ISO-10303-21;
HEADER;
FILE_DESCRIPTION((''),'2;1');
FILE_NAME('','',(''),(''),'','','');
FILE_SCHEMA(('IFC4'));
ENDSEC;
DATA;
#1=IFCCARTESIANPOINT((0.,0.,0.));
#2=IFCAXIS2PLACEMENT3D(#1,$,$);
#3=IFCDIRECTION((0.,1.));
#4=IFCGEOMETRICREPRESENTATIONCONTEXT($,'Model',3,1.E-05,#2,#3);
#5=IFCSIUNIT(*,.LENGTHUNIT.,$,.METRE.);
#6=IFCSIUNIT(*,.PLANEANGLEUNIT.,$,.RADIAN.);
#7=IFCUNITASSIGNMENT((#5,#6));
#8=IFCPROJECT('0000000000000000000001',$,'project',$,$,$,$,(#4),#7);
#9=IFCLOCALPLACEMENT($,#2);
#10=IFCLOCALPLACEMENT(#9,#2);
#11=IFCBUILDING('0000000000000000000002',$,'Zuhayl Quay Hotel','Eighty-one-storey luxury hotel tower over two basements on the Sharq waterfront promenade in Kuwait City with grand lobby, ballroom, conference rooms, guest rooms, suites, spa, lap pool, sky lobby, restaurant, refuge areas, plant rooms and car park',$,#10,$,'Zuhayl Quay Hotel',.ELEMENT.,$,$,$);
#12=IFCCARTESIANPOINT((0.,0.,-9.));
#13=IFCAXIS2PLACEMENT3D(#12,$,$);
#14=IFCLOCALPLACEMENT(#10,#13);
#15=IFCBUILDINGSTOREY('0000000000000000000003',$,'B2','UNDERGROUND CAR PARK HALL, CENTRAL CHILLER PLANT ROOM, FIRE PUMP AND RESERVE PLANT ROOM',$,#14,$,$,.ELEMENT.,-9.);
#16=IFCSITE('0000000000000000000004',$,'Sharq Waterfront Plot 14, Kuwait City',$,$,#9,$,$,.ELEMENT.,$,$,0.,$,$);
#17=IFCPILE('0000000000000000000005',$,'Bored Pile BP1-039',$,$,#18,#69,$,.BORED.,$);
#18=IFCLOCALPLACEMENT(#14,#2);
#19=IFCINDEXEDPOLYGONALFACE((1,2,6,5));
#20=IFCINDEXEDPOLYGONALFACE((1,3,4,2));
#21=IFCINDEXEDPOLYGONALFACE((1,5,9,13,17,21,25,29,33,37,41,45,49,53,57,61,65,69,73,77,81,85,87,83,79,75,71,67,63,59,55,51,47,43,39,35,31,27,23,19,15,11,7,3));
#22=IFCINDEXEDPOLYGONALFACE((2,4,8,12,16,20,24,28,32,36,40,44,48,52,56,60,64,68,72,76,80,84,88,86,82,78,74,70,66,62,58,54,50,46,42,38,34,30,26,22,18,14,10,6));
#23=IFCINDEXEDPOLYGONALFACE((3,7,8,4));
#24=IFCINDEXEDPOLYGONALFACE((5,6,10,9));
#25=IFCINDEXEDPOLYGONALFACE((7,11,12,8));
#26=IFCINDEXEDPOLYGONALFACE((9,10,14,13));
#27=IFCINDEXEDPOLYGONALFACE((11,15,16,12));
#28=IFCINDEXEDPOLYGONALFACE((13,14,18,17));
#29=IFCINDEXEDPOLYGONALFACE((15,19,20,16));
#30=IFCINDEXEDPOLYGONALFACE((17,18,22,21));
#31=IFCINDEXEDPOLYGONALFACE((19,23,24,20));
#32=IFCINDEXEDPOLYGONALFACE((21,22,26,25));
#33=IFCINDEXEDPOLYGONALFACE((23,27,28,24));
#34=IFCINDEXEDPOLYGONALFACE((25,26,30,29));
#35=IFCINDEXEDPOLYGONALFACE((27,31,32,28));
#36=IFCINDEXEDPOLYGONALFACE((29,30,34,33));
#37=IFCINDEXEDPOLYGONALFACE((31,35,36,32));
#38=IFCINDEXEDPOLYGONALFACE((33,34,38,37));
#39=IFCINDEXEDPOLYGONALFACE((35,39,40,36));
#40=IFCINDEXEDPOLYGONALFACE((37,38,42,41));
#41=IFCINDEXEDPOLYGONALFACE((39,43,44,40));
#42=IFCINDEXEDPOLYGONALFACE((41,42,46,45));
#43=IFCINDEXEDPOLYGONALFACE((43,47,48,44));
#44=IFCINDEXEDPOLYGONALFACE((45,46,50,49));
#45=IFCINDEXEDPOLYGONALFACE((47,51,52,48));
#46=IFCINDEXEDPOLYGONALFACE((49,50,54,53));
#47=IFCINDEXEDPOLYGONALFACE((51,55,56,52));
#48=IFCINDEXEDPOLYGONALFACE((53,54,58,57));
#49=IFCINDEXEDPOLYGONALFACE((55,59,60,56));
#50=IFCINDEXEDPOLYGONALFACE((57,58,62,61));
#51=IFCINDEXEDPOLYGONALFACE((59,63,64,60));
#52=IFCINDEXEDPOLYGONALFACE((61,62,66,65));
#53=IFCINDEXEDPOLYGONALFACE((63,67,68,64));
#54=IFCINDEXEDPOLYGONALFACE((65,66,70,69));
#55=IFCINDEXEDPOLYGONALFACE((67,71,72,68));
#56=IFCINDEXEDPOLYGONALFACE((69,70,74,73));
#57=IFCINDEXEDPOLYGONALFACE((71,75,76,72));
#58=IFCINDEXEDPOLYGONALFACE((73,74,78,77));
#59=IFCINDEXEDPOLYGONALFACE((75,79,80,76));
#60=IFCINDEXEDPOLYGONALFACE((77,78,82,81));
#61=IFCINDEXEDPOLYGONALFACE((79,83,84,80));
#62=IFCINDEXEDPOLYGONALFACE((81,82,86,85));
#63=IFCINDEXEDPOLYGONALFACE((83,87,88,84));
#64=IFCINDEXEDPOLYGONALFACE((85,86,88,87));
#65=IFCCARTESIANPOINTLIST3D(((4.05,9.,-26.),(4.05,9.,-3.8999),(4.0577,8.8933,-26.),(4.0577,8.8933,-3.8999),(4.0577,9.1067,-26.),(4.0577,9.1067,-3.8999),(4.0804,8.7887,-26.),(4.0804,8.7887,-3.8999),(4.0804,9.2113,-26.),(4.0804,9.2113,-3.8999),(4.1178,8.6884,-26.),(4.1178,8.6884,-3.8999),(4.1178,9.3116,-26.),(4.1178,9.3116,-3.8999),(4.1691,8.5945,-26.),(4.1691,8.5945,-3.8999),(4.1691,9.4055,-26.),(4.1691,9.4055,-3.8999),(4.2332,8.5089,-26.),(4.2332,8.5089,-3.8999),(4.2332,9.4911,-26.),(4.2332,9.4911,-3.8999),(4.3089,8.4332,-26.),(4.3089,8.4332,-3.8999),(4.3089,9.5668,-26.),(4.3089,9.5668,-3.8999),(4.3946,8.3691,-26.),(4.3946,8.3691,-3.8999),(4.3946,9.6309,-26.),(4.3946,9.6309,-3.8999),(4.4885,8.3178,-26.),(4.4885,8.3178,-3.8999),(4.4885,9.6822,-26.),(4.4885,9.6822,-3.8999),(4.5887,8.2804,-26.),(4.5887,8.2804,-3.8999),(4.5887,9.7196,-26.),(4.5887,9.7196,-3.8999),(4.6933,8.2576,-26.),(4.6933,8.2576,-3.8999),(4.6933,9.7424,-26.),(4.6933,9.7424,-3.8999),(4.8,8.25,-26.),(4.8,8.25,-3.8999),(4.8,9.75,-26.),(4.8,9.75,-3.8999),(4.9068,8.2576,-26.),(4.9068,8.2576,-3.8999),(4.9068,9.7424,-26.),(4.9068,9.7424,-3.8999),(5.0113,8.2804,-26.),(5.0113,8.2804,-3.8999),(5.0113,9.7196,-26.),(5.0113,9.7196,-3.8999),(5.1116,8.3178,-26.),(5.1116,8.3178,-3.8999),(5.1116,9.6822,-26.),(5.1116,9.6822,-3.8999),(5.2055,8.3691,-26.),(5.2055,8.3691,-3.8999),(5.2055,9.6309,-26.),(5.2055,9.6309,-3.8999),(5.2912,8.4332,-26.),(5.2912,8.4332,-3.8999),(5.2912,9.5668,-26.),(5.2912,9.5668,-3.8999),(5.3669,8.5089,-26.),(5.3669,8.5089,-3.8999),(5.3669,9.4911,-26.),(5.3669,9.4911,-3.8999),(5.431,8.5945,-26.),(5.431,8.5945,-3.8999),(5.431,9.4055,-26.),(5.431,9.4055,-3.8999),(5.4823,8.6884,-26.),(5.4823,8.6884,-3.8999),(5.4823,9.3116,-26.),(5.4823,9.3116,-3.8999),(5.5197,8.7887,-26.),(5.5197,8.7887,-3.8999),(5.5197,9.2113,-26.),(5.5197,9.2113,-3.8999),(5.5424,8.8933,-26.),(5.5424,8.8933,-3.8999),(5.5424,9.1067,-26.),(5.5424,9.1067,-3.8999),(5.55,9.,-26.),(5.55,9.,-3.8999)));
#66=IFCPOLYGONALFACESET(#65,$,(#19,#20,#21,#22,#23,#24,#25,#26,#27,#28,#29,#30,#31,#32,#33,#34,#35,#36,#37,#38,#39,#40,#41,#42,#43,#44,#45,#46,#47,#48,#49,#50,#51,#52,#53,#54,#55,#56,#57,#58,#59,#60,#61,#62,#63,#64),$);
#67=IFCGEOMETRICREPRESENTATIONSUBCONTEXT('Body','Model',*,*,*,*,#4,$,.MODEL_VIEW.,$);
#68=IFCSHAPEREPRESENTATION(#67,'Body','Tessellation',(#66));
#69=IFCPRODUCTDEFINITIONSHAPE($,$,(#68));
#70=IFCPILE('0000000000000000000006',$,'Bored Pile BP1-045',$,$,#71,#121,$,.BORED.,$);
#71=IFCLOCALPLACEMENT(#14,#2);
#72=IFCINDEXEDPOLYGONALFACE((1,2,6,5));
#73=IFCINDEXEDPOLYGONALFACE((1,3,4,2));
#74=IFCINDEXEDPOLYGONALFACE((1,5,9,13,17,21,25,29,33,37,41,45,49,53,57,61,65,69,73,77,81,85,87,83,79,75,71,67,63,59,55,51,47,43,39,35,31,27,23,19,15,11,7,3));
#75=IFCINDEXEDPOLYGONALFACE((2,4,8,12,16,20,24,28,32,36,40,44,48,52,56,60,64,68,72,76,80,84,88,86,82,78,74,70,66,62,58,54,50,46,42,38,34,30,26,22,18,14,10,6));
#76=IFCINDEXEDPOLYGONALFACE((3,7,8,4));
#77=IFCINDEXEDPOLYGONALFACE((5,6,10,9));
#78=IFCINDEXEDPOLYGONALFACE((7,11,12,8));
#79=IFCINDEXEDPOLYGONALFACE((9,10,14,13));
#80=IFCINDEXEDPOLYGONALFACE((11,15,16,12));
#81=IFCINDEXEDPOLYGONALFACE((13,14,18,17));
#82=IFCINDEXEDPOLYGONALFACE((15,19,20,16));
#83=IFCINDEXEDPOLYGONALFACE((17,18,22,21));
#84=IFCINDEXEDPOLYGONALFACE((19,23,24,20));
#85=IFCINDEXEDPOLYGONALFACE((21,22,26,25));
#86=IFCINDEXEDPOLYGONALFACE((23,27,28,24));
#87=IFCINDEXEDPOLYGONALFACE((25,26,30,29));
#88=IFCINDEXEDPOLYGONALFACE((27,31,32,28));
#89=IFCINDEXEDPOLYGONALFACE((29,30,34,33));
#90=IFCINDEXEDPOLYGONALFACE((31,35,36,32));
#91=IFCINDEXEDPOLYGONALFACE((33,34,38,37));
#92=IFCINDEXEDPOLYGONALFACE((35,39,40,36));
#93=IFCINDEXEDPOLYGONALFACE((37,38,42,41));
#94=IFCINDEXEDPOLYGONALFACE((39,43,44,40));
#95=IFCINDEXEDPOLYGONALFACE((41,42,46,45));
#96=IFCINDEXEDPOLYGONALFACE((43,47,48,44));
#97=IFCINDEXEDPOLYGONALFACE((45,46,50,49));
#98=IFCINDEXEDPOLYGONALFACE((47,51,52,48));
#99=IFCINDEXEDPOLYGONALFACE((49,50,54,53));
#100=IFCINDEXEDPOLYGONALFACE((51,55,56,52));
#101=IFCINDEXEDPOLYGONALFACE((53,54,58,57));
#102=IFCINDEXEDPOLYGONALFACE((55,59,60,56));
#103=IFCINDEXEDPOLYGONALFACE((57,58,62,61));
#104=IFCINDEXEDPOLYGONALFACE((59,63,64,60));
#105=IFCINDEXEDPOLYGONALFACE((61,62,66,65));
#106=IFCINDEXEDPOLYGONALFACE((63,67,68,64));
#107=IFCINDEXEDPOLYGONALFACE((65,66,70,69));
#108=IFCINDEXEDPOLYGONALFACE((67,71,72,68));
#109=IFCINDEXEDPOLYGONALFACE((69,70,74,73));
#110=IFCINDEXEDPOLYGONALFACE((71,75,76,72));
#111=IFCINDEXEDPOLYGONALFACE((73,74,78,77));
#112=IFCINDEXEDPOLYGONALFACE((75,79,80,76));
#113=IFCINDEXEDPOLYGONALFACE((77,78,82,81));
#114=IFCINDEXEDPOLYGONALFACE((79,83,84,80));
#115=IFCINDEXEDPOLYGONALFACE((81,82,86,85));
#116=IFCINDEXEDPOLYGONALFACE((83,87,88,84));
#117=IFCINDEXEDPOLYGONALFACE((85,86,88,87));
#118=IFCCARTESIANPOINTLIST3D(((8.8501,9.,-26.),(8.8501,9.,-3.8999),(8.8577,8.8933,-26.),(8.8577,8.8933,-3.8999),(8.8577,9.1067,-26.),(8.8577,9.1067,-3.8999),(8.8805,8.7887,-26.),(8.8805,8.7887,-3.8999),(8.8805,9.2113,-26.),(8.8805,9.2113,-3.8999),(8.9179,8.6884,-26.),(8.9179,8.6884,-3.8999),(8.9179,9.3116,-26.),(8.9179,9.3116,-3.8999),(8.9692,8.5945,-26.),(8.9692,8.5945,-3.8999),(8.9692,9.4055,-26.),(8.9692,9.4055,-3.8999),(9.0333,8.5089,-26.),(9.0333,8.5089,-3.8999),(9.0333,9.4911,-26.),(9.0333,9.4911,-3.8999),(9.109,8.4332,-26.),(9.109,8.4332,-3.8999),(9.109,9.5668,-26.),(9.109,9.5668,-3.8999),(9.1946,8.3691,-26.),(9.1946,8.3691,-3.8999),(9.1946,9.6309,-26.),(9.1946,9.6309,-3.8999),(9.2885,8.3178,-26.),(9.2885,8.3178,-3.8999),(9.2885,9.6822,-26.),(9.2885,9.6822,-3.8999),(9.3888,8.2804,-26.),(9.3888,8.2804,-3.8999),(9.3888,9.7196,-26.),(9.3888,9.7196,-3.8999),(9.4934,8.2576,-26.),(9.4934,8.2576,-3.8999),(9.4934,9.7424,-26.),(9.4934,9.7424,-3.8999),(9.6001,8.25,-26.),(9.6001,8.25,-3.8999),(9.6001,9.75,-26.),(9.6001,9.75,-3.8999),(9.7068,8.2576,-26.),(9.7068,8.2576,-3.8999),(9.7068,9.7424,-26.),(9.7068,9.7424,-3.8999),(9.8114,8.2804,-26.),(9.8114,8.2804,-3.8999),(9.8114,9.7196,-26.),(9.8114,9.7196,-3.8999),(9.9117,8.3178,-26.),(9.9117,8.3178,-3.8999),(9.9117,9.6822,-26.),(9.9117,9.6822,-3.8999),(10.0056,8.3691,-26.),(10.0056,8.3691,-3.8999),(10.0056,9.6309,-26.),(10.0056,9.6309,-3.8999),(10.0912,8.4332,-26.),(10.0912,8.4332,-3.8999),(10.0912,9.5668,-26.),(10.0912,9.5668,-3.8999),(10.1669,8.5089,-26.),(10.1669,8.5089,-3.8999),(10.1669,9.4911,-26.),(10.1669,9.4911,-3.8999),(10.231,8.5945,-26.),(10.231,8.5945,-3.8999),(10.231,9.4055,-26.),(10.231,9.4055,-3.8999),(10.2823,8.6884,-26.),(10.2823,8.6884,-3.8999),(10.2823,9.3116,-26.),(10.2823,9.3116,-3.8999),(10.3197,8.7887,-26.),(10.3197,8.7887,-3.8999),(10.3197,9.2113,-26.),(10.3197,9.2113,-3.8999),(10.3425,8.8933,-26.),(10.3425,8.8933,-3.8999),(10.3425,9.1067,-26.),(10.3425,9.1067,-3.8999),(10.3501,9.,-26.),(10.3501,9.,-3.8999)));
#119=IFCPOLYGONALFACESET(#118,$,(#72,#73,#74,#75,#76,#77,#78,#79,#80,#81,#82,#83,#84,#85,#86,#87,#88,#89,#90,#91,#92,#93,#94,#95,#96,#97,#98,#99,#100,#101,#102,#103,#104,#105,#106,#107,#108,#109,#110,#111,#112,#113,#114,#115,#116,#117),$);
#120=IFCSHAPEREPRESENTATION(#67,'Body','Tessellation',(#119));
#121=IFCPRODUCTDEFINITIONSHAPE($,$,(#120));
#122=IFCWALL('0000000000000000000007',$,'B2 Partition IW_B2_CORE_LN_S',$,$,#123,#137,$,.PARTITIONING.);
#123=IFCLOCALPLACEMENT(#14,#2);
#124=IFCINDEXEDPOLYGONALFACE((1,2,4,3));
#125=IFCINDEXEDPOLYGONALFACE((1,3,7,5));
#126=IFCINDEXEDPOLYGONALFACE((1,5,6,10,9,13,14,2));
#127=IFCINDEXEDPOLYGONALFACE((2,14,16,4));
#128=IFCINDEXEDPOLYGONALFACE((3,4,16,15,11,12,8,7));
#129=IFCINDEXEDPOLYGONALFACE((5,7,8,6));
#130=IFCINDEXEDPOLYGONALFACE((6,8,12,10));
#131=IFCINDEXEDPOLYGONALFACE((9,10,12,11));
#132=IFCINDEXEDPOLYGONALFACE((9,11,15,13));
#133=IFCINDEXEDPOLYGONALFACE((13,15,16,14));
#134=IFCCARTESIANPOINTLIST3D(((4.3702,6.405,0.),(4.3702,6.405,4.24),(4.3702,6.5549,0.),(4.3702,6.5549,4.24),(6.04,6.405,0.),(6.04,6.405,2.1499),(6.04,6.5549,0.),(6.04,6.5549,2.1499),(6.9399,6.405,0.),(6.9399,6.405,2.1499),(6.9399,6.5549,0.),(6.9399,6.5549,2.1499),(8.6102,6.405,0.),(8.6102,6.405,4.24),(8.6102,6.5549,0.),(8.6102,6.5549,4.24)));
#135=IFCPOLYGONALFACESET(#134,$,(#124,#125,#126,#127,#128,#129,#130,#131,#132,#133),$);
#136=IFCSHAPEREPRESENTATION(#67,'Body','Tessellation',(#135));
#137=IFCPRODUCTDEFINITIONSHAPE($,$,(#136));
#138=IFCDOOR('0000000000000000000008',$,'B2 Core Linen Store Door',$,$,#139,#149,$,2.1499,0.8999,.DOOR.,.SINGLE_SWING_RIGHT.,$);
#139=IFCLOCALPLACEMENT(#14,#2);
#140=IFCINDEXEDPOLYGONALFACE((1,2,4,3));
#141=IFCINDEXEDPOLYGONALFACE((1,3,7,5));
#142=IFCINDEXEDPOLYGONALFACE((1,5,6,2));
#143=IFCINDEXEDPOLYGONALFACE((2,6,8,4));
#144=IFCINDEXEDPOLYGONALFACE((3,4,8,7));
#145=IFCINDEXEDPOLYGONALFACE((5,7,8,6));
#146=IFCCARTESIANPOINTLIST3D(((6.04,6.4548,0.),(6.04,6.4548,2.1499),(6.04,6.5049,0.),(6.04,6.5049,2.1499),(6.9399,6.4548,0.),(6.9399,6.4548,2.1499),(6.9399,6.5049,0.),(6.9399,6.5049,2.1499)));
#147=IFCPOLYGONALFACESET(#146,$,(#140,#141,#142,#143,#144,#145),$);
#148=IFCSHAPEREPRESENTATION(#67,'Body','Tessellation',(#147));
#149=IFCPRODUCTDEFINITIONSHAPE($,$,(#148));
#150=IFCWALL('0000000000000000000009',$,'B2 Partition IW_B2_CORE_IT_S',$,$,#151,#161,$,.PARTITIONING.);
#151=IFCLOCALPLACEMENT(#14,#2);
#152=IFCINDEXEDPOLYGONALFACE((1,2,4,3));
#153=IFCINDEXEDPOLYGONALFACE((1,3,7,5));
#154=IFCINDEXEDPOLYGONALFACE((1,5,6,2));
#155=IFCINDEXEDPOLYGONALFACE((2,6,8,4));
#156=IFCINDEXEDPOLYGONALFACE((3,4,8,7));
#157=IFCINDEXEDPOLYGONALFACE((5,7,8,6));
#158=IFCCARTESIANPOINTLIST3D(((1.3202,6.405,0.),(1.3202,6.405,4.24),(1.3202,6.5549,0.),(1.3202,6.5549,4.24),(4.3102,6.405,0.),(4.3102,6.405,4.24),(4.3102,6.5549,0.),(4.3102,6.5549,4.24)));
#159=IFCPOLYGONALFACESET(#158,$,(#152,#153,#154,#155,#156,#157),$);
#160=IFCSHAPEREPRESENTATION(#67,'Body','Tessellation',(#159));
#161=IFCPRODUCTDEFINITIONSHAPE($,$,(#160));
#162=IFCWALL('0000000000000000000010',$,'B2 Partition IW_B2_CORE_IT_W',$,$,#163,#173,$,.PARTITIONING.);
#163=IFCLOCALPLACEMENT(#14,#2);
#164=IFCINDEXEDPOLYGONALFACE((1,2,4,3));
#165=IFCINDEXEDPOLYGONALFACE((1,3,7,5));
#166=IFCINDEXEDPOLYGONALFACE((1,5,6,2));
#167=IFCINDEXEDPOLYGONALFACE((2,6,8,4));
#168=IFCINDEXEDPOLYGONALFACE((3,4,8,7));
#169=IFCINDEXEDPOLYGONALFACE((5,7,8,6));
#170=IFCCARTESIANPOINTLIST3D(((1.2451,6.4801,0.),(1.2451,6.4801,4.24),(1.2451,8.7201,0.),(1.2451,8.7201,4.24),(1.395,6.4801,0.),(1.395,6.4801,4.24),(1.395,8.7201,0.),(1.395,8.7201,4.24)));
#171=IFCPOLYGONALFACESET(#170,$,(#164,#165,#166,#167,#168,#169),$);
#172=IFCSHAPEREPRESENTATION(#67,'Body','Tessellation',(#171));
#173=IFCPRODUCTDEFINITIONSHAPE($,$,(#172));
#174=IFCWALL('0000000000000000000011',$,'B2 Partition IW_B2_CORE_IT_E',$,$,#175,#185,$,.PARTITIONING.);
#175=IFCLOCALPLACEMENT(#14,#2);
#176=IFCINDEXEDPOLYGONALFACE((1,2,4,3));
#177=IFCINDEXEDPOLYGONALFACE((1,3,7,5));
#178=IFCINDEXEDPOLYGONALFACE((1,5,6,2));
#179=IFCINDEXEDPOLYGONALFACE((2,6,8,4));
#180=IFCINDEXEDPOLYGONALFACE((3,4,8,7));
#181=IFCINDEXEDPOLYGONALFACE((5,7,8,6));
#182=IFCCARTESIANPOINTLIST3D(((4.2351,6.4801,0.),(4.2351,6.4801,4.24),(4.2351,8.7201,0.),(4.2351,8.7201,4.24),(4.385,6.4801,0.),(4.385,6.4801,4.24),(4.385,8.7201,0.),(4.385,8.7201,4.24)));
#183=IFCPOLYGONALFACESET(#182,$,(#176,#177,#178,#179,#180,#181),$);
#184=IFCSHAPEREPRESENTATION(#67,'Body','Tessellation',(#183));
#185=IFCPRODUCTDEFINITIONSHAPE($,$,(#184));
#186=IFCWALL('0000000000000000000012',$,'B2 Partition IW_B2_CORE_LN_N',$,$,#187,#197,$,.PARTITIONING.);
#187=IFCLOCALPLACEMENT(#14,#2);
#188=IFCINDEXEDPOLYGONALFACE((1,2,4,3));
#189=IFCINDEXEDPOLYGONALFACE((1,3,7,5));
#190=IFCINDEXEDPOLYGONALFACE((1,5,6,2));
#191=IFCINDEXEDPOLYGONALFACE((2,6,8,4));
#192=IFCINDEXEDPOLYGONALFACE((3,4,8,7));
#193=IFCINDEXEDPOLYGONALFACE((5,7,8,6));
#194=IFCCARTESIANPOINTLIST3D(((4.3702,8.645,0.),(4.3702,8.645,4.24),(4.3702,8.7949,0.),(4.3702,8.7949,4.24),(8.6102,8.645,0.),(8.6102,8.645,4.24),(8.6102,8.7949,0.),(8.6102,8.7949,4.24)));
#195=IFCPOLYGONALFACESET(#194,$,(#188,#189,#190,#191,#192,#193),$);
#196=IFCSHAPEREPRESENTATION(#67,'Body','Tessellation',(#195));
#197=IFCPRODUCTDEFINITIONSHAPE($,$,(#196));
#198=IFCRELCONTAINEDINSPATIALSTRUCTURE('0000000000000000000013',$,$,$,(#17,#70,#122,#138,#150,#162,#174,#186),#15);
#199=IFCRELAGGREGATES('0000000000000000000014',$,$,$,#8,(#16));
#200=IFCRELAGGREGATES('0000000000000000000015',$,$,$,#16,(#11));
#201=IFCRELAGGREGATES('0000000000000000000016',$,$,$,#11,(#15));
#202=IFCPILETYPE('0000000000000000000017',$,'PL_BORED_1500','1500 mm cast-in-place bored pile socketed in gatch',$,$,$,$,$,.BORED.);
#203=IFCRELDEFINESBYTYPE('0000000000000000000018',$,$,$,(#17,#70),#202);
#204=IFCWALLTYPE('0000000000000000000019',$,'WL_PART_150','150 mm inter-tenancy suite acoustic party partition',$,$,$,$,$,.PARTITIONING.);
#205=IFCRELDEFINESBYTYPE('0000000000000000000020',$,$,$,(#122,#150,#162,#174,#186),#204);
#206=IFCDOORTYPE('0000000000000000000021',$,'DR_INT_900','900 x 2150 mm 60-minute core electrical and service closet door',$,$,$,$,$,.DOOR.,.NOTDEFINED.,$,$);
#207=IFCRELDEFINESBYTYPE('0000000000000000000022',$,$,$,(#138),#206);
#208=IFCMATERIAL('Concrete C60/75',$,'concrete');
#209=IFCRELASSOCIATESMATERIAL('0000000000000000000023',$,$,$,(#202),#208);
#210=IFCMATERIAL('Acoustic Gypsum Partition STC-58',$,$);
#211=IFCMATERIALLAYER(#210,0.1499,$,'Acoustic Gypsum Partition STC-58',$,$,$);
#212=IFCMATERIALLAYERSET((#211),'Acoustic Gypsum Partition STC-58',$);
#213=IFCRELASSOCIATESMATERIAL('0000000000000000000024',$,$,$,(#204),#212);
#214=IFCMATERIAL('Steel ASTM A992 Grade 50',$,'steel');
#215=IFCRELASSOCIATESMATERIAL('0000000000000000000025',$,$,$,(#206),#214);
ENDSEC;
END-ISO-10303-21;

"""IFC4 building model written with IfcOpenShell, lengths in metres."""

from ifc_helpers import new_model, si_unit, direction, frame, frame_2d, origin, origin_2d, place, context, subcontext, project, spatial, rectangle, circle, extrude, material, layer, layer_set, material_profile, profile_set, type_object, element, fill, save


model = new_model("IFC4")

# Units and contexts
model_context = context("Model", 3, precision=1e-05, world=origin(), true_north=direction((0.0, 1.0)))
body_context = subcontext(model_context, "Body", "Model", "MODEL_VIEW")
ifc_project = project(units=[si_unit("LENGTHUNIT", "METRE"), si_unit("PLANEANGLEUNIT", "RADIAN")], contexts=[model_context])

# Site, building, storey
site_placement = place(None, origin())
site = spatial("IfcSite", under=ifc_project, at=site_placement, Name="Sharq Waterfront Plot 14, Kuwait City", CompositionType="ELEMENT", RefElevation=0.0)
building_placement = place(site_placement, origin())
building = spatial("IfcBuilding", under=site, at=building_placement, Name="Zuhayl Quay Hotel", Description="Eighty-one-storey luxury hotel tower over two basements on the Sharq waterfront promenade in Kuwait City with grand lobby, ballroom, conference rooms, guest rooms, suites, spa, lap pool, sky lobby, restaurant, refuge areas, plant rooms and car park", LongName="Zuhayl Quay Hotel", CompositionType="ELEMENT")
storey_placement = place(building_placement, frame((0.0, 0.0, -9.0)))
storey = spatial("IfcBuildingStorey", under=building, at=storey_placement, Name="B2", Description="UNDERGROUND CAR PARK HALL, CENTRAL CHILLER PLANT ROOM, FIRE PUMP AND RESERVE PLANT ROOM", CompositionType="ELEMENT", Elevation=-9.0)

# Piles
ifc_material_1 = material(Name="Concrete C60/75", Category="concrete")
ifc_material_profile = material_profile(ifc_material_1, circle(Radius=0.75, at=origin_2d()), Name="PILE1500")
ifc_profile_set = profile_set([ifc_material_profile], Name="Concrete C60/75")
pile_type = type_object("IfcPileType", Name="PL_BORED_1500", Description="1500 mm cast-in-place bored pile socketed in gatch", PredefinedType="BORED", material=ifc_profile_set)
for number, where, z_axis, x_axis, name in (
    (1, (4.8, 9.0, -3.8999), (0.0, 0.0, -1.0), (1.0, 0.0, 0.0), "Bored Pile BP1-039"),
    (2, (9.6001, 9.0, -3.8999), (0.0, 0.0, -1.0), (1.0, 0.0, 0.0), "Bored Pile BP1-045"),
):
    element("IfcPile", number, at=place(storey_placement, frame(where, z_axis=z_axis, x_axis=x_axis)), inside=storey, type_object=pile_type, Name=name, PredefinedType="BORED", context=body_context, shape_type="SweptSolid", body=[
        extrude(circle(Radius=0.75, at=origin_2d()), origin(), (0.0, 0.0, 1.0), 22.1001),
    ])

# Wall, opening, door
ifc_material_2 = material(Name="Acoustic Gypsum Partition STC-58")
ifc_layer_1 = layer(ifc_material_2, 0.1499, Name="Acoustic Gypsum Partition STC-58")
ifc_layer_set_1 = layer_set([ifc_layer_1], Name="Acoustic Gypsum Partition STC-58")
wall_type_1 = type_object("IfcWallType", Name="WL_PART_150", Description="150 mm inter-tenancy suite acoustic party partition", PredefinedType="PARTITIONING", material=ifc_layer_set_1)
ifc_material_3 = material(Name="Steel ASTM A992 Grade 50", Category="steel")
door_type = type_object("IfcDoorType", Name="DR_INT_900", Description="900 x 2150 mm 60-minute core electrical and service closet door", OperationType="NOTDEFINED", PredefinedType="DOOR", material=ifc_material_3)
wall_1_placement = place(storey_placement, frame((4.3701, 6.48, 0.0), z_axis=(0.0, 0.0, 1.0), x_axis=(1.0, 0.0, 0.0)))
wall_1 = element("IfcWall", 3, at=wall_1_placement, inside=storey, type_object=wall_type_1, Name="B2 Partition IW_B2_CORE_LN_S", PredefinedType="PARTITIONING", context=body_context, shape_type="SweptSolid", body=[
    extrude(rectangle(XDim=4.24, YDim=0.1499, at=frame_2d((2.1201, 0.0))), origin(), (0.0, 0.0, 1.0), 4.24),
])
opening_1_placement = place(wall_1_placement, frame((1.6699, 0.0, 0.0)))
opening_1 = element("IfcOpeningElement", 4, at=opening_1_placement, cuts=wall_1, PredefinedType="OPENING", context=body_context, shape_type="SweptSolid", body=[
    extrude(rectangle(XDim=0.8999, YDim=2.1499, at=frame_2d((0.45, 1.075))), frame((0.0, 0.085, 0.0), z_axis=(0.0, -1.0, 0.0), x_axis=(1.0, 0.0, 0.0)), (0.0, 0.0, 1.0), 0.1699),
])
door_1_placement = place(opening_1_placement, origin())
door_1 = element("IfcDoor", 5, at=door_1_placement, inside=storey, type_object=door_type, Name="B2 Core Linen Store Door", OperationType="SINGLE_SWING_RIGHT", OverallHeight=2.1499, OverallWidth=0.8999, PredefinedType="DOOR", context=body_context, shape_type="SweptSolid", body=[
    extrude(rectangle(XDim=0.8999, YDim=2.1499, at=frame_2d((0.45, 1.075))), frame((0.0, 0.0249, 0.0), z_axis=(0.0, -1.0, 0.0), x_axis=(1.0, 0.0, 0.0)), (0.0, 0.0, 1.0), 0.05),
])
fill(opening_1, door_1)

# Walls
wall_2_placement = place(storey_placement, frame((1.3201, 6.48, 0.0), z_axis=(0.0, 0.0, 1.0), x_axis=(1.0, 0.0, 0.0)))
element("IfcWall", 6, at=wall_2_placement, inside=storey, type_object=wall_type_1, Name="B2 Partition IW_B2_CORE_IT_S", PredefinedType="PARTITIONING", context=body_context, shape_type="SweptSolid", body=[
    extrude(rectangle(XDim=2.99, YDim=0.1499, at=frame_2d((1.4951, 0.0))), origin(), (0.0, 0.0, 1.0), 4.24),
])
for number, where, z_axis, x_axis, name in (
    (7, (1.3201, 6.48, 0.0), (0.0, 0.0, 1.0), (0.0, 1.0, 0.0), "B2 Partition IW_B2_CORE_IT_W"),
    (8, (4.3101, 6.48, 0.0), (0.0, 0.0, 1.0), (0.0, 1.0, 0.0), "B2 Partition IW_B2_CORE_IT_E"),
):
    element("IfcWall", number, at=place(storey_placement, frame(where, z_axis=z_axis, x_axis=x_axis)), inside=storey, type_object=wall_type_1, Name=name, PredefinedType="PARTITIONING", context=body_context, shape_type="SweptSolid", body=[
        extrude(rectangle(XDim=2.24, YDim=0.1499, at=frame_2d((1.1201, 0.0))), origin(), (0.0, 0.0, 1.0), 4.24),
    ])
wall_3_placement = place(storey_placement, frame((4.3701, 8.72, 0.0), z_axis=(0.0, 0.0, 1.0), x_axis=(1.0, 0.0, 0.0)))
element("IfcWall", 9, at=wall_3_placement, inside=storey, type_object=wall_type_1, Name="B2 Partition IW_B2_CORE_LN_N", PredefinedType="PARTITIONING", context=body_context, shape_type="SweptSolid", body=[
    extrude(rectangle(XDim=4.24, YDim=0.1499, at=frame_2d((2.1201, 0.0))), origin(), (0.0, 0.0, 1.0), 4.24),
])

save(model, "model.ifc")
